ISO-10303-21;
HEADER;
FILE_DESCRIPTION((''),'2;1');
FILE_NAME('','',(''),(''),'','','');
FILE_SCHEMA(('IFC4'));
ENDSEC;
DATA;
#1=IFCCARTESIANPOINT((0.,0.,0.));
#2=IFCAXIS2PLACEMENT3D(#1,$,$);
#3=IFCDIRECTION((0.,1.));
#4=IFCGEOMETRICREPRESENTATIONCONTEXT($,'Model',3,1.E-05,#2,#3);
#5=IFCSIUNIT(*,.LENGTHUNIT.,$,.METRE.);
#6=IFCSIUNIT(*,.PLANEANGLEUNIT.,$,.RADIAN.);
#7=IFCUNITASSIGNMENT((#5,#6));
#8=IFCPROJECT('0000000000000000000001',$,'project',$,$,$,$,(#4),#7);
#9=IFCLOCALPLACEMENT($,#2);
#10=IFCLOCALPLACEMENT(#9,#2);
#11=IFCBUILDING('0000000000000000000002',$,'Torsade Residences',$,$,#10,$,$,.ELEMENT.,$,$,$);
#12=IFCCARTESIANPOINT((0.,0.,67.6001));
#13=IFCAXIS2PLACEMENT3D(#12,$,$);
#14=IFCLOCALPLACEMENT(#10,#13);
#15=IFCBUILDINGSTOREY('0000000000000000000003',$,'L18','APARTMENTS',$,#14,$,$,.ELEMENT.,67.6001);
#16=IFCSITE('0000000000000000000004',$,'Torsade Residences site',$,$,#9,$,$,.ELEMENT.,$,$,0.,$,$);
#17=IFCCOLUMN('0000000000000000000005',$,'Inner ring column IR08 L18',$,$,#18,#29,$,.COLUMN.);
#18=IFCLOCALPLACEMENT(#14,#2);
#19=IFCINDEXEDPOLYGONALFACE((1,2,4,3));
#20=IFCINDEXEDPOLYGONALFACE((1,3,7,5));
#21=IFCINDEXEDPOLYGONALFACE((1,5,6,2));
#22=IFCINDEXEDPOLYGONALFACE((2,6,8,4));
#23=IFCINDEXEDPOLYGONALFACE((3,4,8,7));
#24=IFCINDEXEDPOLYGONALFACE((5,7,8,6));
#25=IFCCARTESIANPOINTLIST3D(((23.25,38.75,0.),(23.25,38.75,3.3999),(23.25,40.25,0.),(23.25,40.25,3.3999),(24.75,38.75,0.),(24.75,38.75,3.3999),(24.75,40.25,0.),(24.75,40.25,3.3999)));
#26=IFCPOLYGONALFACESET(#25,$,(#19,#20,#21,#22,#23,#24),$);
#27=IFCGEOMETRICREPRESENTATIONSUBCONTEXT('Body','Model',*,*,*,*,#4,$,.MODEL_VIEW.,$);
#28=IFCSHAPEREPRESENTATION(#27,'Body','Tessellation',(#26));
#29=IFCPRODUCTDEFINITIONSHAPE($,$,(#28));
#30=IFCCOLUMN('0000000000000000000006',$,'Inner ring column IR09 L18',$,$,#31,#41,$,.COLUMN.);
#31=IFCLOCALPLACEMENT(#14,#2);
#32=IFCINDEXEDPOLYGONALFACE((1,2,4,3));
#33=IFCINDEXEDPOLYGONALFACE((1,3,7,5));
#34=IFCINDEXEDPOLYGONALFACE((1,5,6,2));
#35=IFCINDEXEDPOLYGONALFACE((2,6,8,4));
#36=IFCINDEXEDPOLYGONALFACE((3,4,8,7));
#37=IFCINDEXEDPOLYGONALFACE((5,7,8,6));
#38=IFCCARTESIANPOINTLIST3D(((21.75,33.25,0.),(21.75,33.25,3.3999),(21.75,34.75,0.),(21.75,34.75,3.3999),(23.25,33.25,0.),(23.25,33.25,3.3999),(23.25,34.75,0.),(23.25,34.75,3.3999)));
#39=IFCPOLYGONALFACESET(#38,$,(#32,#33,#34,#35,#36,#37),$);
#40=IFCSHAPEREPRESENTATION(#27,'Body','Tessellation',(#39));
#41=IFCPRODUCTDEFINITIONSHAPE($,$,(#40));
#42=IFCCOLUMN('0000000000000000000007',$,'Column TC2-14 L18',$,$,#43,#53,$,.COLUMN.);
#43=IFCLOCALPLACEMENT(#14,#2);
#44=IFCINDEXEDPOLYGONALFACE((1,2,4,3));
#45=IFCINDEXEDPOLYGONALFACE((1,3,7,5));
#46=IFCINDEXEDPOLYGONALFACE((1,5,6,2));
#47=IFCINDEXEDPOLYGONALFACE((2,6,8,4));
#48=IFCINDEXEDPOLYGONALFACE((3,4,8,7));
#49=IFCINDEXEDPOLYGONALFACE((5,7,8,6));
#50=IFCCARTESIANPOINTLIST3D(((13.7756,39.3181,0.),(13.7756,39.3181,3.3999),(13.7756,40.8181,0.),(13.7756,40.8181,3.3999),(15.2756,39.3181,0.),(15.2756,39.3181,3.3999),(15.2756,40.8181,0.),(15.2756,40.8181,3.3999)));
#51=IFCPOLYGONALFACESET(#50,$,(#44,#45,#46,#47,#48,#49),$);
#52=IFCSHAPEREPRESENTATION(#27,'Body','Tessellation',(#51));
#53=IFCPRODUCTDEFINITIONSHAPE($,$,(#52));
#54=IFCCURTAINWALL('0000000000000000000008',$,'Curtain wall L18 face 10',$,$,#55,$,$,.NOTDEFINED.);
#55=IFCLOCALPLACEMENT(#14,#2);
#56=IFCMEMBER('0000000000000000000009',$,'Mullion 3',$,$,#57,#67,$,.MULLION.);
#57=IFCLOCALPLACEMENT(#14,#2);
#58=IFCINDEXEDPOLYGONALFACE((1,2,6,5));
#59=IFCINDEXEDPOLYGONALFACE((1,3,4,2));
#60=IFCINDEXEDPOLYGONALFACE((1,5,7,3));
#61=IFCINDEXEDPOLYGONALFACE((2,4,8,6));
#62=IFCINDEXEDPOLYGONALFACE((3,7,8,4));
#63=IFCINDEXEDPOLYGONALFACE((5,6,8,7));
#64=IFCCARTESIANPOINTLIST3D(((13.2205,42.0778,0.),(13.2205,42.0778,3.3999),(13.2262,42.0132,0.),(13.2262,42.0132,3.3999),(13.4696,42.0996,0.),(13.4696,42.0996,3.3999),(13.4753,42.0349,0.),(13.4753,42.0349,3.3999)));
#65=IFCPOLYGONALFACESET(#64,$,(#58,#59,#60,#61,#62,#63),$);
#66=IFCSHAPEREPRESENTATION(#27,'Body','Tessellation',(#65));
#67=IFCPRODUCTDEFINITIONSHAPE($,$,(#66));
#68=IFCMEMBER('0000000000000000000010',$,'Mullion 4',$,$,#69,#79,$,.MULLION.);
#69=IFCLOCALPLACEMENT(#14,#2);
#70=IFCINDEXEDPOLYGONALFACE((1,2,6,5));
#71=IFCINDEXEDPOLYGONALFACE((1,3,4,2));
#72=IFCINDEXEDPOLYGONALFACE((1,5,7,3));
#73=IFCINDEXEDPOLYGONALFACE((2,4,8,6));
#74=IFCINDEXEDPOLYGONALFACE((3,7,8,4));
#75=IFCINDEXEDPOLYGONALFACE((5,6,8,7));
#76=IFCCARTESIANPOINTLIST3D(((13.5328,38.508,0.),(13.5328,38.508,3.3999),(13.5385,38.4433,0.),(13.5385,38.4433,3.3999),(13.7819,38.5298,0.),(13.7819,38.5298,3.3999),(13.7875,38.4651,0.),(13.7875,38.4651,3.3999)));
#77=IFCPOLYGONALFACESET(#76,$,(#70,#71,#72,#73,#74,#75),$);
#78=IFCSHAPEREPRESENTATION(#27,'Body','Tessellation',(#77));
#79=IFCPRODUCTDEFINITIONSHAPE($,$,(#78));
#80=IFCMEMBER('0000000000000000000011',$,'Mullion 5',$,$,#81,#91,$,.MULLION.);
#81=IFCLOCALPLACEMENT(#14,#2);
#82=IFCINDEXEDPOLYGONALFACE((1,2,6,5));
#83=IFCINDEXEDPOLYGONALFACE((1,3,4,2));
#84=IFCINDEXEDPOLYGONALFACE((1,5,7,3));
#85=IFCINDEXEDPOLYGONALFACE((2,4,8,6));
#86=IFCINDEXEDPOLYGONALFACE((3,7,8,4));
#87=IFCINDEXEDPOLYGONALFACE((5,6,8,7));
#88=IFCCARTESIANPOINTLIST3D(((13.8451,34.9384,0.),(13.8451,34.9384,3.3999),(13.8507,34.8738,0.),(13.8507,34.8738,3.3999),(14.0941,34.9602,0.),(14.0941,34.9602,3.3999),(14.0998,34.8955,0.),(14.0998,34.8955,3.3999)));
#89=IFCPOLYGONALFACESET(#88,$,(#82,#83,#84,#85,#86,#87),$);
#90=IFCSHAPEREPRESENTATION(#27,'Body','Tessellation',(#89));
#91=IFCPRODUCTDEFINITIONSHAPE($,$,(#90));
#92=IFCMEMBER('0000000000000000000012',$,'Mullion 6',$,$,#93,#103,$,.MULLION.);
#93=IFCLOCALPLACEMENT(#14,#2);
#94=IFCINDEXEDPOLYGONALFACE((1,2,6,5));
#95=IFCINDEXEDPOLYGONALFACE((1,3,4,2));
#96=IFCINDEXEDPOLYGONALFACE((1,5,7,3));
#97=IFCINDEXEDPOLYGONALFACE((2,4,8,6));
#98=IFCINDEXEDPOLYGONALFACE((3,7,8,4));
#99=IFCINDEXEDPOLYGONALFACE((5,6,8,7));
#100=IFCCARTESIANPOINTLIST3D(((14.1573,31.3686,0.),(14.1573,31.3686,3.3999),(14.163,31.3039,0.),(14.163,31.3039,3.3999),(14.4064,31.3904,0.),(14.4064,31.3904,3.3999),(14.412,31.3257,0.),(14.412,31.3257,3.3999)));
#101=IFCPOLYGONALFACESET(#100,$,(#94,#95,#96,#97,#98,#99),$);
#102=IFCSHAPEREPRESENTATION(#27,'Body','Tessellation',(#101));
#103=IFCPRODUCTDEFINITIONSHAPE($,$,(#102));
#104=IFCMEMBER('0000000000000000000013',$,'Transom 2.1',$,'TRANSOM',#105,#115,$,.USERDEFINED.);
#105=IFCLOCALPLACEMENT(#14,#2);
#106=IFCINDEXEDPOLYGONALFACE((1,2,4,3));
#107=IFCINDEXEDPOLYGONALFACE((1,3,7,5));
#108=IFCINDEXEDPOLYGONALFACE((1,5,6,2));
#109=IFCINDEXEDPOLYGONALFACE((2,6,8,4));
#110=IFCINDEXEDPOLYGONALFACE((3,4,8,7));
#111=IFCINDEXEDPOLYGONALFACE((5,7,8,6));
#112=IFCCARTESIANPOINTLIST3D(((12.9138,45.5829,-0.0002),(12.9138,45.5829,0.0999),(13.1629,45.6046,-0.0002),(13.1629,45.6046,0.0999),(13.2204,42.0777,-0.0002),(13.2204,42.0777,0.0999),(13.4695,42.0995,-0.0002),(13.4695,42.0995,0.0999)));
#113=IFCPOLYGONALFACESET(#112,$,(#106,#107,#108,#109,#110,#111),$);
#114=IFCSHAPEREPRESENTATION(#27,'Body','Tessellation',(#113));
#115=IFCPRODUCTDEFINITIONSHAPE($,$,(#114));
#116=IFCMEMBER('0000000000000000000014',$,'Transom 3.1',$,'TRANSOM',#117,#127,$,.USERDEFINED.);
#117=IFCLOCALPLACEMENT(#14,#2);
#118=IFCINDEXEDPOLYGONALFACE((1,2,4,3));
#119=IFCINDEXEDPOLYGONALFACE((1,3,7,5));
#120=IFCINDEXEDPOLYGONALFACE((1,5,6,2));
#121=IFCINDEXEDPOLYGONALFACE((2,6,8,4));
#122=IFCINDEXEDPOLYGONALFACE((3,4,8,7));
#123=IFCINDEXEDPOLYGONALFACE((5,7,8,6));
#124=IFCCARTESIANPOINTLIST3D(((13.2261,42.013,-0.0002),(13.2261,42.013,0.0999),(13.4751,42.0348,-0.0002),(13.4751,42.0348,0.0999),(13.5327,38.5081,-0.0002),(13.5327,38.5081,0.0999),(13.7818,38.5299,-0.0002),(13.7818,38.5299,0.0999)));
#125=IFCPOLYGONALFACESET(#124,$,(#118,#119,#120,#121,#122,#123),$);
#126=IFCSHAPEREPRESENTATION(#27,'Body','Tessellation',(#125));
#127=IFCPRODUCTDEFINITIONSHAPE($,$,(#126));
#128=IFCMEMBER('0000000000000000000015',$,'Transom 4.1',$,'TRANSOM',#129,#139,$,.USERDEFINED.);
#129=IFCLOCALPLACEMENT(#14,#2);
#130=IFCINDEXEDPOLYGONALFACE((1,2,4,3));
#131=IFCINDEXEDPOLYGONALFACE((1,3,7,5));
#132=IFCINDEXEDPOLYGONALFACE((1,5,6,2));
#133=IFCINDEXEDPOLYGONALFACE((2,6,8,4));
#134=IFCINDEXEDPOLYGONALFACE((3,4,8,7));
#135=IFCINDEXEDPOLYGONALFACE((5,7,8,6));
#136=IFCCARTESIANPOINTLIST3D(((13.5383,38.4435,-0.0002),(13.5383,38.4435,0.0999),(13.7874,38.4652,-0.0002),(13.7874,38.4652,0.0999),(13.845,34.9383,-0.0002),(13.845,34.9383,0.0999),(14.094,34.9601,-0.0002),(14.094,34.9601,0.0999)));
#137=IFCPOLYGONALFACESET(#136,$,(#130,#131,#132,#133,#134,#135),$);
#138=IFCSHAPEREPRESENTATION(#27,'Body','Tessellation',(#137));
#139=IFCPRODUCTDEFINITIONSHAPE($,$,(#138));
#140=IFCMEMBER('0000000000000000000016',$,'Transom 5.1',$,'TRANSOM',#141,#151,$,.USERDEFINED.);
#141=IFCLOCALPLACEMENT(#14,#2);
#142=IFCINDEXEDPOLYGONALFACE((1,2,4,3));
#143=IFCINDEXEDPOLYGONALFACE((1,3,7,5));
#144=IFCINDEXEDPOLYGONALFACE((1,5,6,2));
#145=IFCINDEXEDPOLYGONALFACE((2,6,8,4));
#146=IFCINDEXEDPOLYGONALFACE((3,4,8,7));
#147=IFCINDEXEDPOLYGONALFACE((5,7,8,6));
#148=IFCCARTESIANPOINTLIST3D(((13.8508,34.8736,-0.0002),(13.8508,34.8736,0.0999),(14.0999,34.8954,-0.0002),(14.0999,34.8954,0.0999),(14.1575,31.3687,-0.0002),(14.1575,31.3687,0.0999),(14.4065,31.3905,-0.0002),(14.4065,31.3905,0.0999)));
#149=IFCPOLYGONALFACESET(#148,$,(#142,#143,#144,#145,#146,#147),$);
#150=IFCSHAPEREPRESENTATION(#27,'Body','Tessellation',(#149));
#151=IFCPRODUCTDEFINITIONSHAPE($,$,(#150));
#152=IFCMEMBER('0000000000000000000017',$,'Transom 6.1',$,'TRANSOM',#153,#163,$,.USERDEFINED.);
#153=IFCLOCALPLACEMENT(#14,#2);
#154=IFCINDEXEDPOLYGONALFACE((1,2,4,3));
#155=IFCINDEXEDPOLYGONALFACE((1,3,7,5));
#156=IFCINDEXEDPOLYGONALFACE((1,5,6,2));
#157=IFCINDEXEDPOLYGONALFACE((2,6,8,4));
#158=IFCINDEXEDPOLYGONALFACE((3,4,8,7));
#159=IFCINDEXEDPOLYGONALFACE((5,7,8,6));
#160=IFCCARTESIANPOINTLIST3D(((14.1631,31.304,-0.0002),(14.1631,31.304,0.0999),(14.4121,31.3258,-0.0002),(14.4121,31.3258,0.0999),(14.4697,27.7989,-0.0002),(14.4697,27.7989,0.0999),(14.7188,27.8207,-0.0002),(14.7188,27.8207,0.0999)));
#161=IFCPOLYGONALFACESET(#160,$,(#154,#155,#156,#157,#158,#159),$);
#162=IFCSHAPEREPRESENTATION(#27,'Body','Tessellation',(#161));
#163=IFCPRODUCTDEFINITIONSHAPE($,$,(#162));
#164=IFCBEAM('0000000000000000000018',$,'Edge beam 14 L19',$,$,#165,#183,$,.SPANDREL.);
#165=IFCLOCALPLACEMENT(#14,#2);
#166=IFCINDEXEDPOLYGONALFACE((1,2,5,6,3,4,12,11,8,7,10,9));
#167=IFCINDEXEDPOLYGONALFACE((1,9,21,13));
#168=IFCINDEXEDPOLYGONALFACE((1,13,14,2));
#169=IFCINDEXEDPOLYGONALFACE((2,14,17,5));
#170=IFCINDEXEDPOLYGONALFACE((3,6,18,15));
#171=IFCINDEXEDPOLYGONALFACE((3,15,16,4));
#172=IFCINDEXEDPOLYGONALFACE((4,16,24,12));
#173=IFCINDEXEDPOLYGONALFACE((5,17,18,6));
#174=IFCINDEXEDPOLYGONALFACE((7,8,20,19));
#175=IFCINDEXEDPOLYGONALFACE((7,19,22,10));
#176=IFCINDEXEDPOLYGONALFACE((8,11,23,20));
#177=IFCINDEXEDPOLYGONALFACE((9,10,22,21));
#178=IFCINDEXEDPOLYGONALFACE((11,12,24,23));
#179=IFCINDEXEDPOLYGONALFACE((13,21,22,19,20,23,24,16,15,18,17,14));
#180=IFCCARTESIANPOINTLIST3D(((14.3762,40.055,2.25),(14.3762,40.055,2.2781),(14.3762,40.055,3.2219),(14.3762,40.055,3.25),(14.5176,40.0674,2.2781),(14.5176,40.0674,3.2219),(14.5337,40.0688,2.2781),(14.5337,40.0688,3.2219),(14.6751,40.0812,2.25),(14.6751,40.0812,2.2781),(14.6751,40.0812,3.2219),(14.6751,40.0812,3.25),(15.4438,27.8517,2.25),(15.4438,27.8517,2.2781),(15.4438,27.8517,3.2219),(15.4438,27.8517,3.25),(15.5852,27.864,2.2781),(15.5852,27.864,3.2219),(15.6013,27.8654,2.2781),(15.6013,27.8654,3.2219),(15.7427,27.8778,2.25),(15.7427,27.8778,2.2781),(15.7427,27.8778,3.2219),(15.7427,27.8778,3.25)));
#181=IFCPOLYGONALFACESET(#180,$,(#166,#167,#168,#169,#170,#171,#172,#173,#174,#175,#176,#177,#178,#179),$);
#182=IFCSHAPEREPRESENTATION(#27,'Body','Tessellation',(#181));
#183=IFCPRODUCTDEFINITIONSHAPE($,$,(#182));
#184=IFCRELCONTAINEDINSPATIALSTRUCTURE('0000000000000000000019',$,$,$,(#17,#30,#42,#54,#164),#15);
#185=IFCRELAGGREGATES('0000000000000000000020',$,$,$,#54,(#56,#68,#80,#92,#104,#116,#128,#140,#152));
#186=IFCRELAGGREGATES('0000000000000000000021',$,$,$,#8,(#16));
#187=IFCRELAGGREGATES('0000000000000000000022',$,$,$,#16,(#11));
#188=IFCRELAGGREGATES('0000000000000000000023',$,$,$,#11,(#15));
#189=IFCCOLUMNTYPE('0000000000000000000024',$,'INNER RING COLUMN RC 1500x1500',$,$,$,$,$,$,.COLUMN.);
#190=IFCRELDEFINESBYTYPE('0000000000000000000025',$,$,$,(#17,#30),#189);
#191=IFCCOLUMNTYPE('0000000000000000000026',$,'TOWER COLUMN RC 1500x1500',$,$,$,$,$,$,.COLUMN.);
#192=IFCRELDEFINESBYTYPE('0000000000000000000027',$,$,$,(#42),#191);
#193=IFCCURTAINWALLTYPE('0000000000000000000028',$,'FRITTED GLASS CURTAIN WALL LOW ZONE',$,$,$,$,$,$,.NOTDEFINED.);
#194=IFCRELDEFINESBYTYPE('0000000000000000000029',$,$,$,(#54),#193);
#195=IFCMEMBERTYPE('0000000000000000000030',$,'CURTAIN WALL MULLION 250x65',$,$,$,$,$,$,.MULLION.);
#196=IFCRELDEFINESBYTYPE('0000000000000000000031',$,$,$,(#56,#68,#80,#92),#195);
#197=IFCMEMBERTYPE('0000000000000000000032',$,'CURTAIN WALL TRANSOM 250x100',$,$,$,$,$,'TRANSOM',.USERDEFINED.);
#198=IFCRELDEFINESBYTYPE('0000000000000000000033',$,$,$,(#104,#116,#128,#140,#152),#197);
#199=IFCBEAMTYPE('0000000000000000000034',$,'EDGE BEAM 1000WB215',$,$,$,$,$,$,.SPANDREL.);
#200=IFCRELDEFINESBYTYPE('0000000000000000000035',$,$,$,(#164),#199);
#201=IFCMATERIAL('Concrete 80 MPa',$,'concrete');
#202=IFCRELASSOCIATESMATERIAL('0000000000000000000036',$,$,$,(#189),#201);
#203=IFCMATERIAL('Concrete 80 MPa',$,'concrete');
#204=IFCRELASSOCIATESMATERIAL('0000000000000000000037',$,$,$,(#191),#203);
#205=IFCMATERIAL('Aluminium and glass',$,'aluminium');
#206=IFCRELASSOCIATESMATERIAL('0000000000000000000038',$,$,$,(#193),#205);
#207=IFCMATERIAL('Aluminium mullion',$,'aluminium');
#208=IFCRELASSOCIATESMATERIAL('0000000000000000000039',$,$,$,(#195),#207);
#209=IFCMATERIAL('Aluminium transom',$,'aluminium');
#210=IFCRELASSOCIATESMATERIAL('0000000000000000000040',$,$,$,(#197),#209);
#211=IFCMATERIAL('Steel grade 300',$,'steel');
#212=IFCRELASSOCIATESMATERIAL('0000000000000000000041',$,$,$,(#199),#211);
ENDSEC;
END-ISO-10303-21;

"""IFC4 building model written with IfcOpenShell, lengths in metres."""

from ifc_helpers import new_model, si_unit, direction, frame, origin, origin_2d, place, context, subcontext, project, spatial, rectangle, i_section, extrude, material, material_profile, profile_set, type_object, element, aggregate, save


model = new_model("IFC4")

# Units and contexts
model_context = context("Model", 3, precision=1e-05, world=origin(), true_north=direction((0.0, 1.0)))
body_context = subcontext(model_context, "Body", "Model", "MODEL_VIEW")
ifc_project = project(units=[si_unit("LENGTHUNIT", "METRE"), si_unit("PLANEANGLEUNIT", "RADIAN")], contexts=[model_context])

# Site, building, storey
site_placement = place(None, origin())
site = spatial("IfcSite", under=ifc_project, at=site_placement, Name="Torsade Residences site", CompositionType="ELEMENT", RefElevation=0.0)
building_placement = place(site_placement, origin())
building = spatial("IfcBuilding", under=site, at=building_placement, Name="Torsade Residences", CompositionType="ELEMENT")
storey_placement = place(building_placement, frame((0.0, 0.0, 67.6001)))
storey = spatial("IfcBuildingStorey", under=building, at=storey_placement, Name="L18", Description="APARTMENTS", CompositionType="ELEMENT", Elevation=67.6001)

# Columns
ifc_material_1 = material(Name="Concrete 80 MPa", Category="concrete")
ifc_material_profile_1 = material_profile(ifc_material_1, rectangle(XDim=1.5, YDim=1.5, at=origin_2d()), Name="RC 1500x1500")
ifc_profile_set_1 = profile_set([ifc_material_profile_1], Name="Concrete 80 MPa")
column_type_1 = type_object("IfcColumnType", Name="INNER RING COLUMN RC 1500x1500", PredefinedType="COLUMN", material=ifc_profile_set_1)
for number, where, z_axis, x_axis, name in (
    (1, (24.0, 39.5, 0.0), (0.0, 0.0, 1.0), (1.0, 0.0, 0.0), "Inner ring column IR08 L18"),
    (2, (22.5, 34.0, 0.0), (0.0, 0.0, 1.0), (1.0, 0.0, 0.0), "Inner ring column IR09 L18"),
):
    element("IfcColumn", number, at=place(storey_placement, frame(where, z_axis=z_axis, x_axis=x_axis)), inside=storey, type_object=column_type_1, Name=name, PredefinedType="COLUMN", context=body_context, shape_type="SweptSolid", body=[
        extrude(rectangle(XDim=1.5, YDim=1.5, at=origin_2d()), origin(), (0.0, 0.0, 1.0), 3.3999),
    ])
ifc_material_2 = material(Name="Concrete 80 MPa", Category="concrete")
ifc_material_profile_2 = material_profile(ifc_material_2, rectangle(XDim=1.5, YDim=1.5, at=origin_2d()), Name="RC 1500x1500")
ifc_profile_set_2 = profile_set([ifc_material_profile_2], Name="Concrete 80 MPa")
column_type_2 = type_object("IfcColumnType", Name="TOWER COLUMN RC 1500x1500", PredefinedType="COLUMN", material=ifc_profile_set_2)
column_placement = place(storey_placement, frame((14.5256, 40.0681, 0.0), z_axis=(0.0, 0.0, 1.0), x_axis=(1.0, 0.0, 0.0)))
element("IfcColumn", 3, at=column_placement, inside=storey, type_object=column_type_2, Name="Column TC2-14 L18", PredefinedType="COLUMN", context=body_context, shape_type="SweptSolid", body=[
    extrude(rectangle(XDim=1.5, YDim=1.5, at=origin_2d()), origin(), (0.0, 0.0, 1.0), 3.3999),
])

# Curtain wall, members
ifc_material_3 = material(Name="Aluminium and glass", Category="aluminium")
curtain_wall_type = type_object("IfcCurtainWallType", Name="FRITTED GLASS CURTAIN WALL LOW ZONE", PredefinedType="NOTDEFINED", material=ifc_material_3)
curtain_wall_placement = place(storey_placement, origin())
curtain_wall = element("IfcCurtainWall", 4, at=curtain_wall_placement, inside=storey, type_object=curtain_wall_type, Name="Curtain wall L18 face 10", PredefinedType="NOTDEFINED")
ifc_material_4 = material(Name="Aluminium mullion", Category="aluminium")
ifc_material_profile_3 = material_profile(ifc_material_4, rectangle(XDim=0.25, YDim=0.0649, at=origin_2d()), Name="CURTAIN WALL MULLION 250x65")
ifc_profile_set_3 = profile_set([ifc_material_profile_3], Name="Aluminium mullion")
member_type_1 = type_object("IfcMemberType", Name="CURTAIN WALL MULLION 250x65", PredefinedType="MULLION", material=ifc_profile_set_3)
member_1_placement = place(storey_placement, frame((13.3479, 42.0564, 0.0), z_axis=(0.0, 0.0, 1.0), x_axis=(0.996195, 0.087156, 0.0)))
member_1 = element("IfcMember", 5, at=member_1_placement, type_object=member_type_1, Name="Mullion 3", PredefinedType="MULLION", context=body_context, shape_type="SweptSolid", body=[
    extrude(rectangle(XDim=0.25, YDim=0.0649, at=origin_2d()), origin(), (0.0, 0.0, 1.0), 3.3999),
])
member_2_placement = place(storey_placement, frame((13.6602, 38.4866, 0.0), z_axis=(0.0, 0.0, 1.0), x_axis=(0.996195, 0.087156, 0.0)))
member_2 = element("IfcMember", 6, at=member_2_placement, type_object=member_type_1, Name="Mullion 4", PredefinedType="MULLION", context=body_context, shape_type="SweptSolid", body=[
    extrude(rectangle(XDim=0.25, YDim=0.0649, at=origin_2d()), origin(), (0.0, 0.0, 1.0), 3.3999),
])
member_3_placement = place(storey_placement, frame((13.9724, 34.917, 0.0), z_axis=(0.0, 0.0, 1.0), x_axis=(0.996195, 0.087156, 0.0)))
member_3 = element("IfcMember", 7, at=member_3_placement, type_object=member_type_1, Name="Mullion 5", PredefinedType="MULLION", context=body_context, shape_type="SweptSolid", body=[
    extrude(rectangle(XDim=0.25, YDim=0.0649, at=origin_2d()), origin(), (0.0, 0.0, 1.0), 3.3999),
])
member_4_placement = place(storey_placement, frame((14.2847, 31.3472, 0.0), z_axis=(0.0, 0.0, 1.0), x_axis=(0.996195, 0.087156, 0.0)))
member_4 = element("IfcMember", 8, at=member_4_placement, type_object=member_type_1, Name="Mullion 6", PredefinedType="MULLION", context=body_context, shape_type="SweptSolid", body=[
    extrude(rectangle(XDim=0.25, YDim=0.0649, at=origin_2d()), origin(), (0.0, 0.0, 1.0), 3.3999),
])
ifc_material_5 = material(Name="Aluminium transom", Category="aluminium")
ifc_material_profile_4 = material_profile(ifc_material_5, rectangle(XDim=0.25, YDim=0.1001, at=origin_2d()), Name="CURTAIN WALL TRANSOM 250x100")
ifc_profile_set_4 = profile_set([ifc_material_profile_4], Name="Aluminium transom")
member_type_2 = type_object("IfcMemberType", Name="CURTAIN WALL TRANSOM 250x100", ElementType="TRANSOM", PredefinedType="USERDEFINED", material=ifc_profile_set_4)
member_5_placement = place(storey_placement, frame((13.0383, 45.5938, 0.0498), z_axis=(0.087151, -0.996195, 0.0), x_axis=(0.996195, 0.087151, 0.0)))
member_5 = element("IfcMember", 9, at=member_5_placement, type_object=member_type_2, Name="Transom 2.1", ObjectType="TRANSOM", PredefinedType="USERDEFINED", context=body_context, shape_type="SweptSolid", body=[
    extrude(rectangle(XDim=0.25, YDim=0.1001, at=origin_2d()), origin(), (0.0, 0.0, 1.0), 3.5186),
])
member_6_placement = place(storey_placement, frame((13.3506, 42.0239, 0.0498), z_axis=(0.087157, -0.996195, 0.0), x_axis=(0.996195, 0.087157, 0.0)))
member_6 = element("IfcMember", 10, at=member_6_placement, type_object=member_type_2, Name="Transom 3.1", ObjectType="TRANSOM", PredefinedType="USERDEFINED", context=body_context, shape_type="SweptSolid", body=[
    extrude(rectangle(XDim=0.25, YDim=0.1001, at=origin_2d()), origin(), (0.0, 0.0, 1.0), 3.5183),
])
member_7_placement = place(storey_placement, frame((13.6628, 38.4543, 0.0498), z_axis=(0.087151, -0.996195, 0.0), x_axis=(0.996195, 0.087151, 0.0)))
member_7 = element("IfcMember", 11, at=member_7_placement, type_object=member_type_2, Name="Transom 4.1", ObjectType="TRANSOM", PredefinedType="USERDEFINED", context=body_context, shape_type="SweptSolid", body=[
    extrude(rectangle(XDim=0.25, YDim=0.1001, at=origin_2d()), origin(), (0.0, 0.0, 1.0), 3.5186),
])
member_8_placement = place(storey_placement, frame((13.9753, 34.8845, 0.0498), z_axis=(0.087157, -0.996195, 0.0), x_axis=(0.996195, 0.087157, 0.0)))
member_8 = element("IfcMember", 12, at=member_8_placement, type_object=member_type_2, Name="Transom 5.1", ObjectType="TRANSOM", PredefinedType="USERDEFINED", context=body_context, shape_type="SweptSolid", body=[
    extrude(rectangle(XDim=0.25, YDim=0.1001, at=origin_2d()), origin(), (0.0, 0.0, 1.0), 3.5183),
])
member_9_placement = place(storey_placement, frame((14.2876, 31.3149, 0.0498), z_axis=(0.087151, -0.996195, 0.0), x_axis=(0.996195, 0.087151, 0.0)))
member_9 = element("IfcMember", 13, at=member_9_placement, type_object=member_type_2, Name="Transom 6.1", ObjectType="TRANSOM", PredefinedType="USERDEFINED", context=body_context, shape_type="SweptSolid", body=[
    extrude(rectangle(XDim=0.25, YDim=0.1001, at=origin_2d()), origin(), (0.0, 0.0, 1.0), 3.5186),
])

# Beam
ifc_material_6 = material(Name="Steel grade 300", Category="steel")
ifc_material_profile_5 = material_profile(ifc_material_6, i_section(OverallWidth=0.3, OverallDepth=1.0, WebThickness=0.0161, FlangeThickness=0.0281, at=origin_2d()), Name="1000WB215")
ifc_profile_set_5 = profile_set([ifc_material_profile_5], Name="Steel grade 300")
beam_type_1 = type_object("IfcBeamType", Name="EDGE BEAM 1000WB215", PredefinedType="SPANDREL", material=ifc_profile_set_5)
beam_1_placement = place(storey_placement, frame((14.5256, 40.0681, 2.75), z_axis=(0.087153, -0.996195, 0.0), x_axis=(0.996195, 0.087153, 0.0)))
element("IfcBeam", 14, at=beam_1_placement, inside=storey, type_object=beam_type_1, Name="Edge beam 14 L19", PredefinedType="SPANDREL", context=body_context, shape_type="SweptSolid", body=[
    extrude(i_section(OverallWidth=0.3, OverallDepth=1.0, WebThickness=0.0161, FlangeThickness=0.0281, at=origin_2d()), origin(), (0.0, 0.0, 1.0), 12.25),
])

aggregate(curtain_wall, [member_1, member_2, member_3, member_4, member_5, member_6, member_7, member_8, member_9])

save(model, "model.ifc")
